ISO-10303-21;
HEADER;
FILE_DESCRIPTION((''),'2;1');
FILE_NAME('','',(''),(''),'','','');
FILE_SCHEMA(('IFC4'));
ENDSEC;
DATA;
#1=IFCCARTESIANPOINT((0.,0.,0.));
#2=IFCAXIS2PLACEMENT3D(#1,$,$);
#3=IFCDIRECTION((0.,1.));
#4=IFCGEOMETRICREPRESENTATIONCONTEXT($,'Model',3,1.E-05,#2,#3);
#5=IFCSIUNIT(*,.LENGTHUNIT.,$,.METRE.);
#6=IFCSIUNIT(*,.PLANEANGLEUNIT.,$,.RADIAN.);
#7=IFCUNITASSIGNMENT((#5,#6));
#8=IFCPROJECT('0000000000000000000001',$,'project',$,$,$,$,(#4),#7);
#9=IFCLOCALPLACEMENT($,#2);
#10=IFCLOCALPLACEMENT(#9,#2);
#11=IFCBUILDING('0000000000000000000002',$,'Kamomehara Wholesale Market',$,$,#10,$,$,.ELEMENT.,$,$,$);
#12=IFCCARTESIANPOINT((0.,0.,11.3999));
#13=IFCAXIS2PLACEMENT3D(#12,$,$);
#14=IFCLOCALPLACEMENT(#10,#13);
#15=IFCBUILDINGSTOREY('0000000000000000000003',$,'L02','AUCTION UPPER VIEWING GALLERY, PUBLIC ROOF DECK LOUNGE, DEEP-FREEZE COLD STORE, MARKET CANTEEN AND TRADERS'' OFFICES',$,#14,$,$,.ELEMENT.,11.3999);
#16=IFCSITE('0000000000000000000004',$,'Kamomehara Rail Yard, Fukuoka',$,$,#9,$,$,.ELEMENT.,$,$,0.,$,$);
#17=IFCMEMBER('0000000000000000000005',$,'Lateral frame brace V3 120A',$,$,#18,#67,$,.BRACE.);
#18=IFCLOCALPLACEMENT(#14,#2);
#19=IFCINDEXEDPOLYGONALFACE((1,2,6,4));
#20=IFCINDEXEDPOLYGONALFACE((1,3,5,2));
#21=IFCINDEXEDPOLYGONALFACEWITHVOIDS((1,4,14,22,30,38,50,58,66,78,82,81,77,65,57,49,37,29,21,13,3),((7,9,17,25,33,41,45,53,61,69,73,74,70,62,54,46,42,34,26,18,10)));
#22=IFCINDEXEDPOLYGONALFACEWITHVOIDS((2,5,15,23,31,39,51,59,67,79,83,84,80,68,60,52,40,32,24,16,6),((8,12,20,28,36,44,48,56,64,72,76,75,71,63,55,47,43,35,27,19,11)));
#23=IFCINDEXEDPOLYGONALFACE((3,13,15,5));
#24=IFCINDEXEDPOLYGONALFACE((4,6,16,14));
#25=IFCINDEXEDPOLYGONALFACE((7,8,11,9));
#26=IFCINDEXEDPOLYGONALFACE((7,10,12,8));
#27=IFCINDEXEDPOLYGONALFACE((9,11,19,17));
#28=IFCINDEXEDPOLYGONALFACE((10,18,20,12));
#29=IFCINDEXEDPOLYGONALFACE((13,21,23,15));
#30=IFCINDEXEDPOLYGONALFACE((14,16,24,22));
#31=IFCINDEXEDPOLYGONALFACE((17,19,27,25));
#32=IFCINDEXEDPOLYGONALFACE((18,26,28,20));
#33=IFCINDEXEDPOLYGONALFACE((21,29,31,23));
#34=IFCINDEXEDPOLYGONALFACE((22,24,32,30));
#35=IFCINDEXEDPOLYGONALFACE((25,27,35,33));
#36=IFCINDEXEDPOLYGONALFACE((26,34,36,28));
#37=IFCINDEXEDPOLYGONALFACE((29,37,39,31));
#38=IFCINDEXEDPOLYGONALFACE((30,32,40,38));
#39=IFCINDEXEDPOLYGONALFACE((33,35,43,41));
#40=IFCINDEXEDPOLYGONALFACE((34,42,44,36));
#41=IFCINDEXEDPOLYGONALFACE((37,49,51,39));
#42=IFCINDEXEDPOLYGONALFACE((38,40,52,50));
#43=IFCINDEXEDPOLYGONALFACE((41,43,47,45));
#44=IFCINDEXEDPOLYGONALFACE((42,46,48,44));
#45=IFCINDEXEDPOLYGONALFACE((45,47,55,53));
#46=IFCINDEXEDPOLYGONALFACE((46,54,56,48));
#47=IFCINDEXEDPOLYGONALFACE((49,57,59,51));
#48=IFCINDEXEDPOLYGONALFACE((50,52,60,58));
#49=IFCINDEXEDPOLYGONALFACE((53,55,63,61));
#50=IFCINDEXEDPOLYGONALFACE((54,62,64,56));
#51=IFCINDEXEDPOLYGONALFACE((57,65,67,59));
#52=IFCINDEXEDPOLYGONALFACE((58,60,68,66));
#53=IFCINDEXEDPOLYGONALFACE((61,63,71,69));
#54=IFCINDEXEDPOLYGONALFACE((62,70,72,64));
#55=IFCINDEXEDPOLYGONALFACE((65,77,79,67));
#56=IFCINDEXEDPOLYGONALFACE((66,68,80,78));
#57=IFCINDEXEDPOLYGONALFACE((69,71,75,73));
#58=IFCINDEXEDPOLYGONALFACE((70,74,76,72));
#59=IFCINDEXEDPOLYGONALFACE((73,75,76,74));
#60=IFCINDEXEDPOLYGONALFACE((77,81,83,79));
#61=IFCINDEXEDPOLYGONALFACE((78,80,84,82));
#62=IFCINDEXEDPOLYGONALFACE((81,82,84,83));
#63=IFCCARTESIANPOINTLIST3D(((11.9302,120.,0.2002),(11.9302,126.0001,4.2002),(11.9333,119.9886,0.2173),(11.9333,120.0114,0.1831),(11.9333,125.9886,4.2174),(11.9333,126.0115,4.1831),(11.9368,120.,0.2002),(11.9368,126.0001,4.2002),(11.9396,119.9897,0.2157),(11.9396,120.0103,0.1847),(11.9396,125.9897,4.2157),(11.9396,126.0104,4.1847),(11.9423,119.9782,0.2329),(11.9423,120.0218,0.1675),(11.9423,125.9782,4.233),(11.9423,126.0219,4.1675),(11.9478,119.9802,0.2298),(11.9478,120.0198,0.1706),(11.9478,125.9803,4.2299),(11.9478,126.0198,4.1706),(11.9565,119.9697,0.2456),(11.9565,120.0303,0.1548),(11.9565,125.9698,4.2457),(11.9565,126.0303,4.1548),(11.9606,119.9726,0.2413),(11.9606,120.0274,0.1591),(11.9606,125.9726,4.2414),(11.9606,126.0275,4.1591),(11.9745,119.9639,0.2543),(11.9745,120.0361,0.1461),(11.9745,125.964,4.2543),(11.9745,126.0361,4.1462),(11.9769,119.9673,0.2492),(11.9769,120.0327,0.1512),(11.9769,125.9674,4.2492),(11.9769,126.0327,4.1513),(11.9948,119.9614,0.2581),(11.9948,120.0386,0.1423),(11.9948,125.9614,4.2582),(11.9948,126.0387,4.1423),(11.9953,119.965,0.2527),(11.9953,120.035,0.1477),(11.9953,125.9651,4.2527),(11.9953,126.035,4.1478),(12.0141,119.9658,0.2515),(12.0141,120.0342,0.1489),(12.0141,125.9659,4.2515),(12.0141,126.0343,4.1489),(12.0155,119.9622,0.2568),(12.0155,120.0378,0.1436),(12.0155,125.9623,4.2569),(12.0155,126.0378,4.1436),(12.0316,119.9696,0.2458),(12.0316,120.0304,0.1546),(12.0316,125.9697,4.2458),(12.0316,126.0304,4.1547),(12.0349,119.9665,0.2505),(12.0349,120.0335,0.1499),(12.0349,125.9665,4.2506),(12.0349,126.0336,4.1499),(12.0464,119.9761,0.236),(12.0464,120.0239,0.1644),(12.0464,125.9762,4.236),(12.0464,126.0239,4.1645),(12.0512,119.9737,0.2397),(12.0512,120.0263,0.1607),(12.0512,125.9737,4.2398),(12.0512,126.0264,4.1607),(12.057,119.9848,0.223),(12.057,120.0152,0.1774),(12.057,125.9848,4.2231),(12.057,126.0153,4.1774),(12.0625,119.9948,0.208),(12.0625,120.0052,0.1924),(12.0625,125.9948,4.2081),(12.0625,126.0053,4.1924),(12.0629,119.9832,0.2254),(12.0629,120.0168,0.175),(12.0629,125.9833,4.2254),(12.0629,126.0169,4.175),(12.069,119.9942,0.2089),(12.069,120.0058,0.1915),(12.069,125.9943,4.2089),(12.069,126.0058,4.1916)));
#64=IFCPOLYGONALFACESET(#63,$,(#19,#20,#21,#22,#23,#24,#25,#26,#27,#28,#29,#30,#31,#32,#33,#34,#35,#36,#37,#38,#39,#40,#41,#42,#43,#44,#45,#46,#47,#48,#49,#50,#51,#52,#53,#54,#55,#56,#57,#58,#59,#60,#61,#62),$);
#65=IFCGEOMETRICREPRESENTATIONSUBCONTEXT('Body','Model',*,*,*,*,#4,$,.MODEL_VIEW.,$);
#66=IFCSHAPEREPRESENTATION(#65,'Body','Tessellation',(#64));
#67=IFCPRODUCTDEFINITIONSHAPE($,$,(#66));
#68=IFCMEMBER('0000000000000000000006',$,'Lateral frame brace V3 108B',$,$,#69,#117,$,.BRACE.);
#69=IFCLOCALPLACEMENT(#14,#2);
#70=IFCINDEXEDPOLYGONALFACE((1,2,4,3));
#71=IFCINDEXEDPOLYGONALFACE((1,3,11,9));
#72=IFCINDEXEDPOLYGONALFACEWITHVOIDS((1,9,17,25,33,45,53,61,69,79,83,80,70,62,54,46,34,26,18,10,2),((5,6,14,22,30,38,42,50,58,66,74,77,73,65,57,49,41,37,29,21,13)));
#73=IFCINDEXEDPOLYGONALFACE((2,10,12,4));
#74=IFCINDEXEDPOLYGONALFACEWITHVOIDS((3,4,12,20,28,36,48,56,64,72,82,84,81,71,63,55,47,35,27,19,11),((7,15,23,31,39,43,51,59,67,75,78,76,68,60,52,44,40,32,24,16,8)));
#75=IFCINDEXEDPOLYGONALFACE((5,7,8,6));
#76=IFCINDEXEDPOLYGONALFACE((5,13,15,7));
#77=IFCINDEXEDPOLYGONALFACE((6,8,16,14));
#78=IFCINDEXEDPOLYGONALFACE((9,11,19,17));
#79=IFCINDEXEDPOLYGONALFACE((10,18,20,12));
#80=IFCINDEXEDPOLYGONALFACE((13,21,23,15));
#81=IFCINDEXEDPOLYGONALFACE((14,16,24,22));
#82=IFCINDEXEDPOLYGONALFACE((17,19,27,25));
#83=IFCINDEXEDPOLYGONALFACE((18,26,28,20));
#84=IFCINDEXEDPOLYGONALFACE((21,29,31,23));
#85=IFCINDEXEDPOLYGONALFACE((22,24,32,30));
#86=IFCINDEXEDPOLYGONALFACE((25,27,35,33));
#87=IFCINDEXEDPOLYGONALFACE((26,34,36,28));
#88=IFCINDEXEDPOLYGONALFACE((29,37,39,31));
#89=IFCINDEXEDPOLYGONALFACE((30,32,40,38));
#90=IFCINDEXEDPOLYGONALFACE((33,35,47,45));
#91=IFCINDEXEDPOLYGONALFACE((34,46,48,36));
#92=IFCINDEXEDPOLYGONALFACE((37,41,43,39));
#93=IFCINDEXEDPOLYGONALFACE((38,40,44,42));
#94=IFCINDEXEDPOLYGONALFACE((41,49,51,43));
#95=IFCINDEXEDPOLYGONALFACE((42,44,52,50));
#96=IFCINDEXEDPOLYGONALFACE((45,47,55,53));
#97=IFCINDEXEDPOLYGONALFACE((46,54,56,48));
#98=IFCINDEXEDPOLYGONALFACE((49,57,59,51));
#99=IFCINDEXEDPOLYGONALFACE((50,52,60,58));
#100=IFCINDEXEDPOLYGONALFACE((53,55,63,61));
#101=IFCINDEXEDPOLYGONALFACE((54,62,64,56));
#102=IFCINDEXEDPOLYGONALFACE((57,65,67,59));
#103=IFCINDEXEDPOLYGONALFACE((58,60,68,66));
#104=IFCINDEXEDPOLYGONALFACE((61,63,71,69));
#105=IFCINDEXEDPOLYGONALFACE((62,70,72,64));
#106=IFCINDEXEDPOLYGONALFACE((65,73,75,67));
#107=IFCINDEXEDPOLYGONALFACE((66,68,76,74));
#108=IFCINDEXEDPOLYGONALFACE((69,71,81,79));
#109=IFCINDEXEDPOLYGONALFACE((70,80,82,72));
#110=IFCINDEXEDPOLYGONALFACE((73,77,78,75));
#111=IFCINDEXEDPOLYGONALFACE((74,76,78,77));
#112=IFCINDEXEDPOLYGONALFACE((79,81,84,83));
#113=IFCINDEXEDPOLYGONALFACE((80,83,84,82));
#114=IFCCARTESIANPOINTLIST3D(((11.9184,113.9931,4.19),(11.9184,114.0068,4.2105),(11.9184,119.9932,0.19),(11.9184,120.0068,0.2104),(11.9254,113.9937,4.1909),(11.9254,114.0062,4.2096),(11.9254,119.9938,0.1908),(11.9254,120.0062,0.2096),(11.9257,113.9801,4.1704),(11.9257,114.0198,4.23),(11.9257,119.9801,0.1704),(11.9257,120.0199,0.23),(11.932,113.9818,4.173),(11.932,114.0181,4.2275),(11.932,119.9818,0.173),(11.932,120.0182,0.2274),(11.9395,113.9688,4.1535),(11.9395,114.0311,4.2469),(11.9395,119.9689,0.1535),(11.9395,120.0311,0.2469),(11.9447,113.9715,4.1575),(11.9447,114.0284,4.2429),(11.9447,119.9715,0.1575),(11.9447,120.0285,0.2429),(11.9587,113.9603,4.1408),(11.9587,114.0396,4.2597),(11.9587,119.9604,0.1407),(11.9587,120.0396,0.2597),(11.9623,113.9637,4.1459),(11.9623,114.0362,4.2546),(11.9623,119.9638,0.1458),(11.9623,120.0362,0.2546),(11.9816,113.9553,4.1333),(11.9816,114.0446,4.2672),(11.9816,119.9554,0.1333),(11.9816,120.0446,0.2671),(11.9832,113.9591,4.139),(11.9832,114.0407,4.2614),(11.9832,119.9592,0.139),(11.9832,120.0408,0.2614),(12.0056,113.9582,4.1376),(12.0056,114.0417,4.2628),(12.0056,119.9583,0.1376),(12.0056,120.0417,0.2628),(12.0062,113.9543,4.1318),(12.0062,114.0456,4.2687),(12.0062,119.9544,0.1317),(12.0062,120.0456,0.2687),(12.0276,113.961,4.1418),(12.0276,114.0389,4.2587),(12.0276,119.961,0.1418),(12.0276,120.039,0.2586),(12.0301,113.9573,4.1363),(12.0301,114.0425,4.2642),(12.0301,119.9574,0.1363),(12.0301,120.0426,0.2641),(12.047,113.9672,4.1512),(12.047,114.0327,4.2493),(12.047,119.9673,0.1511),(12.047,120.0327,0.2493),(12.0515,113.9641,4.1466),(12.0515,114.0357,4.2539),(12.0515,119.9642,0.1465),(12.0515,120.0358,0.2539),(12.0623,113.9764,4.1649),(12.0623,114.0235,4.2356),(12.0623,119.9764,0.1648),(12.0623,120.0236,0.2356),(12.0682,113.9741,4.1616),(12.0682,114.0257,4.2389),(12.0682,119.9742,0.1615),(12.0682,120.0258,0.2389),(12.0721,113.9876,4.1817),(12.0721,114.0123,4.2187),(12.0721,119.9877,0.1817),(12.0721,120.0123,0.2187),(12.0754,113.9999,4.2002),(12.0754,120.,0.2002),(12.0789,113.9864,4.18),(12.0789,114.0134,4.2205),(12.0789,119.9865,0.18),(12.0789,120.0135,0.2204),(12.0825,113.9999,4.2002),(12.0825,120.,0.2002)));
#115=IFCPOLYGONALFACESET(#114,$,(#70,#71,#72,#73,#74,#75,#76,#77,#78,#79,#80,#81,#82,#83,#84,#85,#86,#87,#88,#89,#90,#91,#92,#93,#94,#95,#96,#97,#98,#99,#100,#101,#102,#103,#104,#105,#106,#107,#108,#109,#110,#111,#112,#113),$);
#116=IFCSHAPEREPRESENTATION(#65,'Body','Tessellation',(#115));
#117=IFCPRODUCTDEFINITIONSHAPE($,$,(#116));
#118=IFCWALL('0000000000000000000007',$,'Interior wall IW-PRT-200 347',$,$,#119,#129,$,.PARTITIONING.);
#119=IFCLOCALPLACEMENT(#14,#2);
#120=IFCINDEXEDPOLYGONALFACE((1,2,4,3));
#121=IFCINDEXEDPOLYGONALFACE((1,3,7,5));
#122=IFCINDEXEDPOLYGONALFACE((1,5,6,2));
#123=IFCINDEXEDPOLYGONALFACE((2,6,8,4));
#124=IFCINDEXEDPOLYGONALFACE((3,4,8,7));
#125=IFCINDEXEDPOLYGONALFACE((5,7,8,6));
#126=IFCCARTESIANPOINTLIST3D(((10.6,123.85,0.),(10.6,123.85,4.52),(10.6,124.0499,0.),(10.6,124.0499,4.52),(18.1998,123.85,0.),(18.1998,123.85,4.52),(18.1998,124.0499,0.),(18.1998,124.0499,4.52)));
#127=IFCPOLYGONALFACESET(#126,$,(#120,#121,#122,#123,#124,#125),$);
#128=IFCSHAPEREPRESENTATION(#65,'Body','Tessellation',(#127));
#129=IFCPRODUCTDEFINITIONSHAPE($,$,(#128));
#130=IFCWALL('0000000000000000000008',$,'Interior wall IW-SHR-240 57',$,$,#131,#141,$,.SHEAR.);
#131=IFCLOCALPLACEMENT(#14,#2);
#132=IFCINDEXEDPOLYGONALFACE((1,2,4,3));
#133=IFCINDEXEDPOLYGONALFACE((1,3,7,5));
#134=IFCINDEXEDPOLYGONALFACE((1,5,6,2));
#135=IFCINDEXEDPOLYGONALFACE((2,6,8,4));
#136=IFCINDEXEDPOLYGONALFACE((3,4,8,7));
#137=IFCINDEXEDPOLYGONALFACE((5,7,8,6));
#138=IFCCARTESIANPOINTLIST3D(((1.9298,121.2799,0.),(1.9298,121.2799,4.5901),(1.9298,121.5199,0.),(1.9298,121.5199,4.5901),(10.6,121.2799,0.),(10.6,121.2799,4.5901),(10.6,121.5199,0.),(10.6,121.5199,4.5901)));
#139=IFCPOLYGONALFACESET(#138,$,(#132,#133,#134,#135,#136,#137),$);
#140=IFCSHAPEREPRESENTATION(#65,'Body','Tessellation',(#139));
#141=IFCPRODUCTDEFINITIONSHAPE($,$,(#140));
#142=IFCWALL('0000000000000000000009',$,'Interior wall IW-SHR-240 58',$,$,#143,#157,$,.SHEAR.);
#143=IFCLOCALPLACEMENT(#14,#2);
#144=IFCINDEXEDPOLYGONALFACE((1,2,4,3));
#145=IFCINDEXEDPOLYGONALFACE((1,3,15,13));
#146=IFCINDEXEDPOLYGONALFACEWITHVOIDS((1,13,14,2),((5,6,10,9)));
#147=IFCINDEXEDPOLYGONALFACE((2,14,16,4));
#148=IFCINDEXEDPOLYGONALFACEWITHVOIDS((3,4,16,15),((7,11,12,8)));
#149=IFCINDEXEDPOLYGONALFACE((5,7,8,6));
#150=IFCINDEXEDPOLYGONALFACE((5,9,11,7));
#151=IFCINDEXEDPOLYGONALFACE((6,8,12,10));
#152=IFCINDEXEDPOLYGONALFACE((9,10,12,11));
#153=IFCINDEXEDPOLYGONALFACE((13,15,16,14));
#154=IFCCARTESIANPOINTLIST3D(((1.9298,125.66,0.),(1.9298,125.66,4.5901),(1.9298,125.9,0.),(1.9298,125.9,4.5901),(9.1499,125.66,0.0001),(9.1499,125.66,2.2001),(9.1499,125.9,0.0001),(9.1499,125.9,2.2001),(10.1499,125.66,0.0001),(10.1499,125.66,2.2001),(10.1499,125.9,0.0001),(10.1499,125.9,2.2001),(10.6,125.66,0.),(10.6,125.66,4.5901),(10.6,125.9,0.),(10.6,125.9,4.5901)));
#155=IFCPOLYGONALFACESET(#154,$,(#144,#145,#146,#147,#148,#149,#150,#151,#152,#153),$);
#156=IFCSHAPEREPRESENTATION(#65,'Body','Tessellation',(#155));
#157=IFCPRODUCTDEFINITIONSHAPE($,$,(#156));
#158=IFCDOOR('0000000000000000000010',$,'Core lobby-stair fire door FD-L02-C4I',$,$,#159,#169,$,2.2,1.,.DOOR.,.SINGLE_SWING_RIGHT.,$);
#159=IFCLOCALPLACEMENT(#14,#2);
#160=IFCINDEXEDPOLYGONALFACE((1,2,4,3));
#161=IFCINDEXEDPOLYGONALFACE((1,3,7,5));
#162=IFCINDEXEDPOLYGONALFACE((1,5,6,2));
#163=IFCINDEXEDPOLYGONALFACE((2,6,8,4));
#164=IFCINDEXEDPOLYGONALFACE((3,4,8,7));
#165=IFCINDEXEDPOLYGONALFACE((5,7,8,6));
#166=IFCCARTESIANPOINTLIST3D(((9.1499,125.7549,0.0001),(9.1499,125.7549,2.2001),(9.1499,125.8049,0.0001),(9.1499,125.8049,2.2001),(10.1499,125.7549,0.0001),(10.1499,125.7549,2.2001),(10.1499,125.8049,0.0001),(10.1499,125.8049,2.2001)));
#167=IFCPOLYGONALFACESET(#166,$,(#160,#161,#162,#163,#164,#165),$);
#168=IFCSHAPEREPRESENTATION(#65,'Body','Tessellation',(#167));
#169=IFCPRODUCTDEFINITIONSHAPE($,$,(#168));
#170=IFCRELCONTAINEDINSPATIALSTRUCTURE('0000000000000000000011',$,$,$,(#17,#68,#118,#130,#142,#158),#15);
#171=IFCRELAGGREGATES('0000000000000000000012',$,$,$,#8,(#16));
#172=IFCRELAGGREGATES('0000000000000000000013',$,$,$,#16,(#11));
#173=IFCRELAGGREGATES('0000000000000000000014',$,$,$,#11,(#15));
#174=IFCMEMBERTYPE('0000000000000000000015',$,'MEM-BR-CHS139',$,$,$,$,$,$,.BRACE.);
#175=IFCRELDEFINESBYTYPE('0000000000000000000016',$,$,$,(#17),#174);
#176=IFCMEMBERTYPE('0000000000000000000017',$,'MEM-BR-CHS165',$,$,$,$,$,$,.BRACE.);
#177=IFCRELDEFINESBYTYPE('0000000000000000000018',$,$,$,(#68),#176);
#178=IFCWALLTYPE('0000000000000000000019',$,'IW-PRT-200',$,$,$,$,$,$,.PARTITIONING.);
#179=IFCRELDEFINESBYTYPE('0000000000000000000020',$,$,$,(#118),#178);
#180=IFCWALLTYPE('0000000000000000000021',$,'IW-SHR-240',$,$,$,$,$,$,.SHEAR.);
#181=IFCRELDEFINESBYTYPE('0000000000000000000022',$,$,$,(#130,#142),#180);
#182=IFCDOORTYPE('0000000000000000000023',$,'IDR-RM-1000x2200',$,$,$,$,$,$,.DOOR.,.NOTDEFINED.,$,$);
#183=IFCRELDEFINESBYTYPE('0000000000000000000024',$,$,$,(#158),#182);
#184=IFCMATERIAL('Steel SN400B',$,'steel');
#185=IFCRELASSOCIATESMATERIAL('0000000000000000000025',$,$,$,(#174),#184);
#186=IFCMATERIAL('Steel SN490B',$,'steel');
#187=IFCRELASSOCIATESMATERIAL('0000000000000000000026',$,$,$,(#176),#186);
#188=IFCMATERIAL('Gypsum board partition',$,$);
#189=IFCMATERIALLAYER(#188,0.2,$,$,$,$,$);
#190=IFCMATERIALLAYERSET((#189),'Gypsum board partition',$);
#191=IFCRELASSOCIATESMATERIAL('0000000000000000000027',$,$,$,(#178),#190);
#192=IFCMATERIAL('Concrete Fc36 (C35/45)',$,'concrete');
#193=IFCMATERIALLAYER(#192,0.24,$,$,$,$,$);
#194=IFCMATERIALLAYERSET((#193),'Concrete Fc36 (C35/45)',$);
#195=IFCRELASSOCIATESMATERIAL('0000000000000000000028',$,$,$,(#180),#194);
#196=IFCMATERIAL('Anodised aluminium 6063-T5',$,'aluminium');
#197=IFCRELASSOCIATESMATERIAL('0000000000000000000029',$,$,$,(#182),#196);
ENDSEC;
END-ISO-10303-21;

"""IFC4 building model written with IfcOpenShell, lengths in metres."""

from ifc_helpers import new_model, si_unit, direction, frame, frame_2d, origin, origin_2d, place, context, subcontext, project, spatial, rectangle, hollow_circle, extrude, material, layer, layer_set, material_profile, profile_set, type_object, element, fill, save


model = new_model("IFC4")

# Units and contexts
model_context = context("Model", 3, precision=1e-05, world=origin(), true_north=direction((0.0, 1.0)))
body_context = subcontext(model_context, "Body", "Model", "MODEL_VIEW")
ifc_project = project(units=[si_unit("LENGTHUNIT", "METRE"), si_unit("PLANEANGLEUNIT", "RADIAN")], contexts=[model_context])

# Site, building, storey
site_placement = place(None, origin())
site = spatial("IfcSite", under=ifc_project, at=site_placement, Name="Kamomehara Rail Yard, Fukuoka", CompositionType="ELEMENT", RefElevation=0.0)
building_placement = place(site_placement, origin())
building = spatial("IfcBuilding", under=site, at=building_placement, Name="Kamomehara Wholesale Market", CompositionType="ELEMENT")
storey_placement = place(building_placement, frame((0.0, 0.0, 11.3999)))
storey = spatial("IfcBuildingStorey", under=building, at=storey_placement, Name="L02", Description="AUCTION UPPER VIEWING GALLERY, PUBLIC ROOF DECK LOUNGE, DEEP-FREEZE COLD STORE, MARKET CANTEEN AND TRADERS' OFFICES", CompositionType="ELEMENT", Elevation=11.3999)

# Members
ifc_material_1 = material(Name="Steel SN400B", Category="steel")
ifc_material_profile_1 = material_profile(ifc_material_1, hollow_circle(Radius=0.0698, WallThickness=0.0066, at=origin_2d()), Name="CHS-139.8x6.6")
ifc_profile_set_1 = profile_set([ifc_material_profile_1], Name="Steel SN400B")
member_type_1 = type_object("IfcMemberType", Name="MEM-BR-CHS139", PredefinedType="BRACE", material=ifc_profile_set_1)
member_1_placement = place(storey_placement, frame((12.0, 120.0, 0.2002), z_axis=(0.0, 0.83205, 0.5547), x_axis=(-1.0, 0.0, 0.0)))
element("IfcMember", 1, at=member_1_placement, inside=storey, type_object=member_type_1, Name="Lateral frame brace V3 120A", PredefinedType="BRACE", context=body_context, shape_type="SweptSolid", body=[
    extrude(hollow_circle(Radius=0.0698, WallThickness=0.0066, at=origin_2d()), origin(), (0.0, 0.0, 1.0), 7.2112),
])
ifc_material_2 = material(Name="Steel SN490B", Category="steel")
ifc_material_profile_2 = material_profile(ifc_material_2, hollow_circle(Radius=0.0825, WallThickness=0.0071, at=origin_2d()), Name="CHS-165.2x7.1")
ifc_profile_set_2 = profile_set([ifc_material_profile_2], Name="Steel SN490B")
member_type_2 = type_object("IfcMemberType", Name="MEM-BR-CHS165", PredefinedType="BRACE", material=ifc_profile_set_2)
member_2_placement = place(storey_placement, frame((12.0, 120.0, 0.2002), z_axis=(0.0, -0.83205, 0.5547), x_axis=(1.0, 0.0, 0.0)))
element("IfcMember", 2, at=member_2_placement, inside=storey, type_object=member_type_2, Name="Lateral frame brace V3 108B", PredefinedType="BRACE", context=body_context, shape_type="SweptSolid", body=[
    extrude(hollow_circle(Radius=0.0825, WallThickness=0.0071, at=origin_2d()), origin(), (0.0, 0.0, 1.0), 7.2112),
])

# Wall
ifc_material_3 = material(Name="Gypsum board partition")
ifc_layer_1 = layer(ifc_material_3, 0.2)
ifc_layer_set_1 = layer_set([ifc_layer_1], Name="Gypsum board partition")
wall_type_1 = type_object("IfcWallType", Name="IW-PRT-200", PredefinedType="PARTITIONING", material=ifc_layer_set_1)
wall_1_placement = place(storey_placement, frame((10.6001, 123.95, 0.0), z_axis=(0.0, 0.0, 1.0), x_axis=(1.0, 0.0, 0.0)))
element("IfcWall", 3, at=wall_1_placement, inside=storey, type_object=wall_type_1, Name="Interior wall IW-PRT-200 347", PredefinedType="PARTITIONING", context=body_context, shape_type="SweptSolid", body=[
    extrude(rectangle(XDim=7.5999, YDim=0.2, at=frame_2d((3.7998, 0.0))), origin(), (0.0, 0.0, 1.0), 4.52),
])

# Wall
ifc_material_4 = material(Name="Concrete Fc36 (C35/45)", Category="concrete")
ifc_layer_2 = layer(ifc_material_4, 0.24)
ifc_layer_set_2 = layer_set([ifc_layer_2], Name="Concrete Fc36 (C35/45)")
wall_type_2 = type_object("IfcWallType", Name="IW-SHR-240", PredefinedType="SHEAR", material=ifc_layer_set_2)
wall_2_placement = place(storey_placement, frame((1.9299, 121.3999, 0.0), z_axis=(0.0, 0.0, 1.0), x_axis=(1.0, 0.0, 0.0)))
element("IfcWall", 4, at=wall_2_placement, inside=storey, type_object=wall_type_2, Name="Interior wall IW-SHR-240 57", PredefinedType="SHEAR", context=body_context, shape_type="SweptSolid", body=[
    extrude(rectangle(XDim=8.6702, YDim=0.24, at=frame_2d((4.335, 0.0))), origin(), (0.0, 0.0, 1.0), 4.5901),
])

# Wall, opening, door
wall_3_placement = place(storey_placement, frame((1.9299, 125.78, 0.0), z_axis=(0.0, 0.0, 1.0), x_axis=(1.0, 0.0, 0.0)))
wall_3 = element("IfcWall", 5, at=wall_3_placement, inside=storey, type_object=wall_type_2, Name="Interior wall IW-SHR-240 58", PredefinedType="SHEAR", context=body_context, shape_type="SweptSolid", body=[
    extrude(rectangle(XDim=8.6702, YDim=0.24, at=frame_2d((4.335, 0.0))), origin(), (0.0, 0.0, 1.0), 4.5901),
])
opening_1_placement = place(wall_3_placement, frame((7.22, 0.0, 0.0)))
opening_1 = element("IfcOpeningElement", 6, at=opening_1_placement, cuts=wall_3, PredefinedType="OPENING", context=body_context, shape_type="SweptSolid", body=[
    extrude(rectangle(XDim=1.0, YDim=2.2, at=frame_2d((0.5, 1.1001))), frame((0.0, 0.1348, 0.0), z_axis=(0.0, -1.0, 0.0), x_axis=(1.0, 0.0, 0.0)), (0.0, 0.0, 1.0), 0.2698),
])
ifc_material_5 = material(Name="Anodised aluminium 6063-T5", Category="aluminium")
door_type_1 = type_object("IfcDoorType", Name="IDR-RM-1000x2200", OperationType="NOTDEFINED", PredefinedType="DOOR", material=ifc_material_5)
door_1_placement = place(opening_1_placement, origin())
door_1 = element("IfcDoor", 7, at=door_1_placement, inside=storey, type_object=door_type_1, Name="Core lobby-stair fire door FD-L02-C4I", OperationType="SINGLE_SWING_RIGHT", OverallHeight=2.2, OverallWidth=1.0, PredefinedType="DOOR", context=body_context, shape_type="SweptSolid", body=[
    extrude(rectangle(XDim=1.0, YDim=2.2, at=frame_2d((0.5, 1.1001))), frame((0.0, 0.0249, 0.0), z_axis=(0.0, -1.0, 0.0), x_axis=(1.0, 0.0, 0.0)), (0.0, 0.0, 1.0), 0.05),
])
fill(opening_1, door_1)

save(model, "model.ifc")
